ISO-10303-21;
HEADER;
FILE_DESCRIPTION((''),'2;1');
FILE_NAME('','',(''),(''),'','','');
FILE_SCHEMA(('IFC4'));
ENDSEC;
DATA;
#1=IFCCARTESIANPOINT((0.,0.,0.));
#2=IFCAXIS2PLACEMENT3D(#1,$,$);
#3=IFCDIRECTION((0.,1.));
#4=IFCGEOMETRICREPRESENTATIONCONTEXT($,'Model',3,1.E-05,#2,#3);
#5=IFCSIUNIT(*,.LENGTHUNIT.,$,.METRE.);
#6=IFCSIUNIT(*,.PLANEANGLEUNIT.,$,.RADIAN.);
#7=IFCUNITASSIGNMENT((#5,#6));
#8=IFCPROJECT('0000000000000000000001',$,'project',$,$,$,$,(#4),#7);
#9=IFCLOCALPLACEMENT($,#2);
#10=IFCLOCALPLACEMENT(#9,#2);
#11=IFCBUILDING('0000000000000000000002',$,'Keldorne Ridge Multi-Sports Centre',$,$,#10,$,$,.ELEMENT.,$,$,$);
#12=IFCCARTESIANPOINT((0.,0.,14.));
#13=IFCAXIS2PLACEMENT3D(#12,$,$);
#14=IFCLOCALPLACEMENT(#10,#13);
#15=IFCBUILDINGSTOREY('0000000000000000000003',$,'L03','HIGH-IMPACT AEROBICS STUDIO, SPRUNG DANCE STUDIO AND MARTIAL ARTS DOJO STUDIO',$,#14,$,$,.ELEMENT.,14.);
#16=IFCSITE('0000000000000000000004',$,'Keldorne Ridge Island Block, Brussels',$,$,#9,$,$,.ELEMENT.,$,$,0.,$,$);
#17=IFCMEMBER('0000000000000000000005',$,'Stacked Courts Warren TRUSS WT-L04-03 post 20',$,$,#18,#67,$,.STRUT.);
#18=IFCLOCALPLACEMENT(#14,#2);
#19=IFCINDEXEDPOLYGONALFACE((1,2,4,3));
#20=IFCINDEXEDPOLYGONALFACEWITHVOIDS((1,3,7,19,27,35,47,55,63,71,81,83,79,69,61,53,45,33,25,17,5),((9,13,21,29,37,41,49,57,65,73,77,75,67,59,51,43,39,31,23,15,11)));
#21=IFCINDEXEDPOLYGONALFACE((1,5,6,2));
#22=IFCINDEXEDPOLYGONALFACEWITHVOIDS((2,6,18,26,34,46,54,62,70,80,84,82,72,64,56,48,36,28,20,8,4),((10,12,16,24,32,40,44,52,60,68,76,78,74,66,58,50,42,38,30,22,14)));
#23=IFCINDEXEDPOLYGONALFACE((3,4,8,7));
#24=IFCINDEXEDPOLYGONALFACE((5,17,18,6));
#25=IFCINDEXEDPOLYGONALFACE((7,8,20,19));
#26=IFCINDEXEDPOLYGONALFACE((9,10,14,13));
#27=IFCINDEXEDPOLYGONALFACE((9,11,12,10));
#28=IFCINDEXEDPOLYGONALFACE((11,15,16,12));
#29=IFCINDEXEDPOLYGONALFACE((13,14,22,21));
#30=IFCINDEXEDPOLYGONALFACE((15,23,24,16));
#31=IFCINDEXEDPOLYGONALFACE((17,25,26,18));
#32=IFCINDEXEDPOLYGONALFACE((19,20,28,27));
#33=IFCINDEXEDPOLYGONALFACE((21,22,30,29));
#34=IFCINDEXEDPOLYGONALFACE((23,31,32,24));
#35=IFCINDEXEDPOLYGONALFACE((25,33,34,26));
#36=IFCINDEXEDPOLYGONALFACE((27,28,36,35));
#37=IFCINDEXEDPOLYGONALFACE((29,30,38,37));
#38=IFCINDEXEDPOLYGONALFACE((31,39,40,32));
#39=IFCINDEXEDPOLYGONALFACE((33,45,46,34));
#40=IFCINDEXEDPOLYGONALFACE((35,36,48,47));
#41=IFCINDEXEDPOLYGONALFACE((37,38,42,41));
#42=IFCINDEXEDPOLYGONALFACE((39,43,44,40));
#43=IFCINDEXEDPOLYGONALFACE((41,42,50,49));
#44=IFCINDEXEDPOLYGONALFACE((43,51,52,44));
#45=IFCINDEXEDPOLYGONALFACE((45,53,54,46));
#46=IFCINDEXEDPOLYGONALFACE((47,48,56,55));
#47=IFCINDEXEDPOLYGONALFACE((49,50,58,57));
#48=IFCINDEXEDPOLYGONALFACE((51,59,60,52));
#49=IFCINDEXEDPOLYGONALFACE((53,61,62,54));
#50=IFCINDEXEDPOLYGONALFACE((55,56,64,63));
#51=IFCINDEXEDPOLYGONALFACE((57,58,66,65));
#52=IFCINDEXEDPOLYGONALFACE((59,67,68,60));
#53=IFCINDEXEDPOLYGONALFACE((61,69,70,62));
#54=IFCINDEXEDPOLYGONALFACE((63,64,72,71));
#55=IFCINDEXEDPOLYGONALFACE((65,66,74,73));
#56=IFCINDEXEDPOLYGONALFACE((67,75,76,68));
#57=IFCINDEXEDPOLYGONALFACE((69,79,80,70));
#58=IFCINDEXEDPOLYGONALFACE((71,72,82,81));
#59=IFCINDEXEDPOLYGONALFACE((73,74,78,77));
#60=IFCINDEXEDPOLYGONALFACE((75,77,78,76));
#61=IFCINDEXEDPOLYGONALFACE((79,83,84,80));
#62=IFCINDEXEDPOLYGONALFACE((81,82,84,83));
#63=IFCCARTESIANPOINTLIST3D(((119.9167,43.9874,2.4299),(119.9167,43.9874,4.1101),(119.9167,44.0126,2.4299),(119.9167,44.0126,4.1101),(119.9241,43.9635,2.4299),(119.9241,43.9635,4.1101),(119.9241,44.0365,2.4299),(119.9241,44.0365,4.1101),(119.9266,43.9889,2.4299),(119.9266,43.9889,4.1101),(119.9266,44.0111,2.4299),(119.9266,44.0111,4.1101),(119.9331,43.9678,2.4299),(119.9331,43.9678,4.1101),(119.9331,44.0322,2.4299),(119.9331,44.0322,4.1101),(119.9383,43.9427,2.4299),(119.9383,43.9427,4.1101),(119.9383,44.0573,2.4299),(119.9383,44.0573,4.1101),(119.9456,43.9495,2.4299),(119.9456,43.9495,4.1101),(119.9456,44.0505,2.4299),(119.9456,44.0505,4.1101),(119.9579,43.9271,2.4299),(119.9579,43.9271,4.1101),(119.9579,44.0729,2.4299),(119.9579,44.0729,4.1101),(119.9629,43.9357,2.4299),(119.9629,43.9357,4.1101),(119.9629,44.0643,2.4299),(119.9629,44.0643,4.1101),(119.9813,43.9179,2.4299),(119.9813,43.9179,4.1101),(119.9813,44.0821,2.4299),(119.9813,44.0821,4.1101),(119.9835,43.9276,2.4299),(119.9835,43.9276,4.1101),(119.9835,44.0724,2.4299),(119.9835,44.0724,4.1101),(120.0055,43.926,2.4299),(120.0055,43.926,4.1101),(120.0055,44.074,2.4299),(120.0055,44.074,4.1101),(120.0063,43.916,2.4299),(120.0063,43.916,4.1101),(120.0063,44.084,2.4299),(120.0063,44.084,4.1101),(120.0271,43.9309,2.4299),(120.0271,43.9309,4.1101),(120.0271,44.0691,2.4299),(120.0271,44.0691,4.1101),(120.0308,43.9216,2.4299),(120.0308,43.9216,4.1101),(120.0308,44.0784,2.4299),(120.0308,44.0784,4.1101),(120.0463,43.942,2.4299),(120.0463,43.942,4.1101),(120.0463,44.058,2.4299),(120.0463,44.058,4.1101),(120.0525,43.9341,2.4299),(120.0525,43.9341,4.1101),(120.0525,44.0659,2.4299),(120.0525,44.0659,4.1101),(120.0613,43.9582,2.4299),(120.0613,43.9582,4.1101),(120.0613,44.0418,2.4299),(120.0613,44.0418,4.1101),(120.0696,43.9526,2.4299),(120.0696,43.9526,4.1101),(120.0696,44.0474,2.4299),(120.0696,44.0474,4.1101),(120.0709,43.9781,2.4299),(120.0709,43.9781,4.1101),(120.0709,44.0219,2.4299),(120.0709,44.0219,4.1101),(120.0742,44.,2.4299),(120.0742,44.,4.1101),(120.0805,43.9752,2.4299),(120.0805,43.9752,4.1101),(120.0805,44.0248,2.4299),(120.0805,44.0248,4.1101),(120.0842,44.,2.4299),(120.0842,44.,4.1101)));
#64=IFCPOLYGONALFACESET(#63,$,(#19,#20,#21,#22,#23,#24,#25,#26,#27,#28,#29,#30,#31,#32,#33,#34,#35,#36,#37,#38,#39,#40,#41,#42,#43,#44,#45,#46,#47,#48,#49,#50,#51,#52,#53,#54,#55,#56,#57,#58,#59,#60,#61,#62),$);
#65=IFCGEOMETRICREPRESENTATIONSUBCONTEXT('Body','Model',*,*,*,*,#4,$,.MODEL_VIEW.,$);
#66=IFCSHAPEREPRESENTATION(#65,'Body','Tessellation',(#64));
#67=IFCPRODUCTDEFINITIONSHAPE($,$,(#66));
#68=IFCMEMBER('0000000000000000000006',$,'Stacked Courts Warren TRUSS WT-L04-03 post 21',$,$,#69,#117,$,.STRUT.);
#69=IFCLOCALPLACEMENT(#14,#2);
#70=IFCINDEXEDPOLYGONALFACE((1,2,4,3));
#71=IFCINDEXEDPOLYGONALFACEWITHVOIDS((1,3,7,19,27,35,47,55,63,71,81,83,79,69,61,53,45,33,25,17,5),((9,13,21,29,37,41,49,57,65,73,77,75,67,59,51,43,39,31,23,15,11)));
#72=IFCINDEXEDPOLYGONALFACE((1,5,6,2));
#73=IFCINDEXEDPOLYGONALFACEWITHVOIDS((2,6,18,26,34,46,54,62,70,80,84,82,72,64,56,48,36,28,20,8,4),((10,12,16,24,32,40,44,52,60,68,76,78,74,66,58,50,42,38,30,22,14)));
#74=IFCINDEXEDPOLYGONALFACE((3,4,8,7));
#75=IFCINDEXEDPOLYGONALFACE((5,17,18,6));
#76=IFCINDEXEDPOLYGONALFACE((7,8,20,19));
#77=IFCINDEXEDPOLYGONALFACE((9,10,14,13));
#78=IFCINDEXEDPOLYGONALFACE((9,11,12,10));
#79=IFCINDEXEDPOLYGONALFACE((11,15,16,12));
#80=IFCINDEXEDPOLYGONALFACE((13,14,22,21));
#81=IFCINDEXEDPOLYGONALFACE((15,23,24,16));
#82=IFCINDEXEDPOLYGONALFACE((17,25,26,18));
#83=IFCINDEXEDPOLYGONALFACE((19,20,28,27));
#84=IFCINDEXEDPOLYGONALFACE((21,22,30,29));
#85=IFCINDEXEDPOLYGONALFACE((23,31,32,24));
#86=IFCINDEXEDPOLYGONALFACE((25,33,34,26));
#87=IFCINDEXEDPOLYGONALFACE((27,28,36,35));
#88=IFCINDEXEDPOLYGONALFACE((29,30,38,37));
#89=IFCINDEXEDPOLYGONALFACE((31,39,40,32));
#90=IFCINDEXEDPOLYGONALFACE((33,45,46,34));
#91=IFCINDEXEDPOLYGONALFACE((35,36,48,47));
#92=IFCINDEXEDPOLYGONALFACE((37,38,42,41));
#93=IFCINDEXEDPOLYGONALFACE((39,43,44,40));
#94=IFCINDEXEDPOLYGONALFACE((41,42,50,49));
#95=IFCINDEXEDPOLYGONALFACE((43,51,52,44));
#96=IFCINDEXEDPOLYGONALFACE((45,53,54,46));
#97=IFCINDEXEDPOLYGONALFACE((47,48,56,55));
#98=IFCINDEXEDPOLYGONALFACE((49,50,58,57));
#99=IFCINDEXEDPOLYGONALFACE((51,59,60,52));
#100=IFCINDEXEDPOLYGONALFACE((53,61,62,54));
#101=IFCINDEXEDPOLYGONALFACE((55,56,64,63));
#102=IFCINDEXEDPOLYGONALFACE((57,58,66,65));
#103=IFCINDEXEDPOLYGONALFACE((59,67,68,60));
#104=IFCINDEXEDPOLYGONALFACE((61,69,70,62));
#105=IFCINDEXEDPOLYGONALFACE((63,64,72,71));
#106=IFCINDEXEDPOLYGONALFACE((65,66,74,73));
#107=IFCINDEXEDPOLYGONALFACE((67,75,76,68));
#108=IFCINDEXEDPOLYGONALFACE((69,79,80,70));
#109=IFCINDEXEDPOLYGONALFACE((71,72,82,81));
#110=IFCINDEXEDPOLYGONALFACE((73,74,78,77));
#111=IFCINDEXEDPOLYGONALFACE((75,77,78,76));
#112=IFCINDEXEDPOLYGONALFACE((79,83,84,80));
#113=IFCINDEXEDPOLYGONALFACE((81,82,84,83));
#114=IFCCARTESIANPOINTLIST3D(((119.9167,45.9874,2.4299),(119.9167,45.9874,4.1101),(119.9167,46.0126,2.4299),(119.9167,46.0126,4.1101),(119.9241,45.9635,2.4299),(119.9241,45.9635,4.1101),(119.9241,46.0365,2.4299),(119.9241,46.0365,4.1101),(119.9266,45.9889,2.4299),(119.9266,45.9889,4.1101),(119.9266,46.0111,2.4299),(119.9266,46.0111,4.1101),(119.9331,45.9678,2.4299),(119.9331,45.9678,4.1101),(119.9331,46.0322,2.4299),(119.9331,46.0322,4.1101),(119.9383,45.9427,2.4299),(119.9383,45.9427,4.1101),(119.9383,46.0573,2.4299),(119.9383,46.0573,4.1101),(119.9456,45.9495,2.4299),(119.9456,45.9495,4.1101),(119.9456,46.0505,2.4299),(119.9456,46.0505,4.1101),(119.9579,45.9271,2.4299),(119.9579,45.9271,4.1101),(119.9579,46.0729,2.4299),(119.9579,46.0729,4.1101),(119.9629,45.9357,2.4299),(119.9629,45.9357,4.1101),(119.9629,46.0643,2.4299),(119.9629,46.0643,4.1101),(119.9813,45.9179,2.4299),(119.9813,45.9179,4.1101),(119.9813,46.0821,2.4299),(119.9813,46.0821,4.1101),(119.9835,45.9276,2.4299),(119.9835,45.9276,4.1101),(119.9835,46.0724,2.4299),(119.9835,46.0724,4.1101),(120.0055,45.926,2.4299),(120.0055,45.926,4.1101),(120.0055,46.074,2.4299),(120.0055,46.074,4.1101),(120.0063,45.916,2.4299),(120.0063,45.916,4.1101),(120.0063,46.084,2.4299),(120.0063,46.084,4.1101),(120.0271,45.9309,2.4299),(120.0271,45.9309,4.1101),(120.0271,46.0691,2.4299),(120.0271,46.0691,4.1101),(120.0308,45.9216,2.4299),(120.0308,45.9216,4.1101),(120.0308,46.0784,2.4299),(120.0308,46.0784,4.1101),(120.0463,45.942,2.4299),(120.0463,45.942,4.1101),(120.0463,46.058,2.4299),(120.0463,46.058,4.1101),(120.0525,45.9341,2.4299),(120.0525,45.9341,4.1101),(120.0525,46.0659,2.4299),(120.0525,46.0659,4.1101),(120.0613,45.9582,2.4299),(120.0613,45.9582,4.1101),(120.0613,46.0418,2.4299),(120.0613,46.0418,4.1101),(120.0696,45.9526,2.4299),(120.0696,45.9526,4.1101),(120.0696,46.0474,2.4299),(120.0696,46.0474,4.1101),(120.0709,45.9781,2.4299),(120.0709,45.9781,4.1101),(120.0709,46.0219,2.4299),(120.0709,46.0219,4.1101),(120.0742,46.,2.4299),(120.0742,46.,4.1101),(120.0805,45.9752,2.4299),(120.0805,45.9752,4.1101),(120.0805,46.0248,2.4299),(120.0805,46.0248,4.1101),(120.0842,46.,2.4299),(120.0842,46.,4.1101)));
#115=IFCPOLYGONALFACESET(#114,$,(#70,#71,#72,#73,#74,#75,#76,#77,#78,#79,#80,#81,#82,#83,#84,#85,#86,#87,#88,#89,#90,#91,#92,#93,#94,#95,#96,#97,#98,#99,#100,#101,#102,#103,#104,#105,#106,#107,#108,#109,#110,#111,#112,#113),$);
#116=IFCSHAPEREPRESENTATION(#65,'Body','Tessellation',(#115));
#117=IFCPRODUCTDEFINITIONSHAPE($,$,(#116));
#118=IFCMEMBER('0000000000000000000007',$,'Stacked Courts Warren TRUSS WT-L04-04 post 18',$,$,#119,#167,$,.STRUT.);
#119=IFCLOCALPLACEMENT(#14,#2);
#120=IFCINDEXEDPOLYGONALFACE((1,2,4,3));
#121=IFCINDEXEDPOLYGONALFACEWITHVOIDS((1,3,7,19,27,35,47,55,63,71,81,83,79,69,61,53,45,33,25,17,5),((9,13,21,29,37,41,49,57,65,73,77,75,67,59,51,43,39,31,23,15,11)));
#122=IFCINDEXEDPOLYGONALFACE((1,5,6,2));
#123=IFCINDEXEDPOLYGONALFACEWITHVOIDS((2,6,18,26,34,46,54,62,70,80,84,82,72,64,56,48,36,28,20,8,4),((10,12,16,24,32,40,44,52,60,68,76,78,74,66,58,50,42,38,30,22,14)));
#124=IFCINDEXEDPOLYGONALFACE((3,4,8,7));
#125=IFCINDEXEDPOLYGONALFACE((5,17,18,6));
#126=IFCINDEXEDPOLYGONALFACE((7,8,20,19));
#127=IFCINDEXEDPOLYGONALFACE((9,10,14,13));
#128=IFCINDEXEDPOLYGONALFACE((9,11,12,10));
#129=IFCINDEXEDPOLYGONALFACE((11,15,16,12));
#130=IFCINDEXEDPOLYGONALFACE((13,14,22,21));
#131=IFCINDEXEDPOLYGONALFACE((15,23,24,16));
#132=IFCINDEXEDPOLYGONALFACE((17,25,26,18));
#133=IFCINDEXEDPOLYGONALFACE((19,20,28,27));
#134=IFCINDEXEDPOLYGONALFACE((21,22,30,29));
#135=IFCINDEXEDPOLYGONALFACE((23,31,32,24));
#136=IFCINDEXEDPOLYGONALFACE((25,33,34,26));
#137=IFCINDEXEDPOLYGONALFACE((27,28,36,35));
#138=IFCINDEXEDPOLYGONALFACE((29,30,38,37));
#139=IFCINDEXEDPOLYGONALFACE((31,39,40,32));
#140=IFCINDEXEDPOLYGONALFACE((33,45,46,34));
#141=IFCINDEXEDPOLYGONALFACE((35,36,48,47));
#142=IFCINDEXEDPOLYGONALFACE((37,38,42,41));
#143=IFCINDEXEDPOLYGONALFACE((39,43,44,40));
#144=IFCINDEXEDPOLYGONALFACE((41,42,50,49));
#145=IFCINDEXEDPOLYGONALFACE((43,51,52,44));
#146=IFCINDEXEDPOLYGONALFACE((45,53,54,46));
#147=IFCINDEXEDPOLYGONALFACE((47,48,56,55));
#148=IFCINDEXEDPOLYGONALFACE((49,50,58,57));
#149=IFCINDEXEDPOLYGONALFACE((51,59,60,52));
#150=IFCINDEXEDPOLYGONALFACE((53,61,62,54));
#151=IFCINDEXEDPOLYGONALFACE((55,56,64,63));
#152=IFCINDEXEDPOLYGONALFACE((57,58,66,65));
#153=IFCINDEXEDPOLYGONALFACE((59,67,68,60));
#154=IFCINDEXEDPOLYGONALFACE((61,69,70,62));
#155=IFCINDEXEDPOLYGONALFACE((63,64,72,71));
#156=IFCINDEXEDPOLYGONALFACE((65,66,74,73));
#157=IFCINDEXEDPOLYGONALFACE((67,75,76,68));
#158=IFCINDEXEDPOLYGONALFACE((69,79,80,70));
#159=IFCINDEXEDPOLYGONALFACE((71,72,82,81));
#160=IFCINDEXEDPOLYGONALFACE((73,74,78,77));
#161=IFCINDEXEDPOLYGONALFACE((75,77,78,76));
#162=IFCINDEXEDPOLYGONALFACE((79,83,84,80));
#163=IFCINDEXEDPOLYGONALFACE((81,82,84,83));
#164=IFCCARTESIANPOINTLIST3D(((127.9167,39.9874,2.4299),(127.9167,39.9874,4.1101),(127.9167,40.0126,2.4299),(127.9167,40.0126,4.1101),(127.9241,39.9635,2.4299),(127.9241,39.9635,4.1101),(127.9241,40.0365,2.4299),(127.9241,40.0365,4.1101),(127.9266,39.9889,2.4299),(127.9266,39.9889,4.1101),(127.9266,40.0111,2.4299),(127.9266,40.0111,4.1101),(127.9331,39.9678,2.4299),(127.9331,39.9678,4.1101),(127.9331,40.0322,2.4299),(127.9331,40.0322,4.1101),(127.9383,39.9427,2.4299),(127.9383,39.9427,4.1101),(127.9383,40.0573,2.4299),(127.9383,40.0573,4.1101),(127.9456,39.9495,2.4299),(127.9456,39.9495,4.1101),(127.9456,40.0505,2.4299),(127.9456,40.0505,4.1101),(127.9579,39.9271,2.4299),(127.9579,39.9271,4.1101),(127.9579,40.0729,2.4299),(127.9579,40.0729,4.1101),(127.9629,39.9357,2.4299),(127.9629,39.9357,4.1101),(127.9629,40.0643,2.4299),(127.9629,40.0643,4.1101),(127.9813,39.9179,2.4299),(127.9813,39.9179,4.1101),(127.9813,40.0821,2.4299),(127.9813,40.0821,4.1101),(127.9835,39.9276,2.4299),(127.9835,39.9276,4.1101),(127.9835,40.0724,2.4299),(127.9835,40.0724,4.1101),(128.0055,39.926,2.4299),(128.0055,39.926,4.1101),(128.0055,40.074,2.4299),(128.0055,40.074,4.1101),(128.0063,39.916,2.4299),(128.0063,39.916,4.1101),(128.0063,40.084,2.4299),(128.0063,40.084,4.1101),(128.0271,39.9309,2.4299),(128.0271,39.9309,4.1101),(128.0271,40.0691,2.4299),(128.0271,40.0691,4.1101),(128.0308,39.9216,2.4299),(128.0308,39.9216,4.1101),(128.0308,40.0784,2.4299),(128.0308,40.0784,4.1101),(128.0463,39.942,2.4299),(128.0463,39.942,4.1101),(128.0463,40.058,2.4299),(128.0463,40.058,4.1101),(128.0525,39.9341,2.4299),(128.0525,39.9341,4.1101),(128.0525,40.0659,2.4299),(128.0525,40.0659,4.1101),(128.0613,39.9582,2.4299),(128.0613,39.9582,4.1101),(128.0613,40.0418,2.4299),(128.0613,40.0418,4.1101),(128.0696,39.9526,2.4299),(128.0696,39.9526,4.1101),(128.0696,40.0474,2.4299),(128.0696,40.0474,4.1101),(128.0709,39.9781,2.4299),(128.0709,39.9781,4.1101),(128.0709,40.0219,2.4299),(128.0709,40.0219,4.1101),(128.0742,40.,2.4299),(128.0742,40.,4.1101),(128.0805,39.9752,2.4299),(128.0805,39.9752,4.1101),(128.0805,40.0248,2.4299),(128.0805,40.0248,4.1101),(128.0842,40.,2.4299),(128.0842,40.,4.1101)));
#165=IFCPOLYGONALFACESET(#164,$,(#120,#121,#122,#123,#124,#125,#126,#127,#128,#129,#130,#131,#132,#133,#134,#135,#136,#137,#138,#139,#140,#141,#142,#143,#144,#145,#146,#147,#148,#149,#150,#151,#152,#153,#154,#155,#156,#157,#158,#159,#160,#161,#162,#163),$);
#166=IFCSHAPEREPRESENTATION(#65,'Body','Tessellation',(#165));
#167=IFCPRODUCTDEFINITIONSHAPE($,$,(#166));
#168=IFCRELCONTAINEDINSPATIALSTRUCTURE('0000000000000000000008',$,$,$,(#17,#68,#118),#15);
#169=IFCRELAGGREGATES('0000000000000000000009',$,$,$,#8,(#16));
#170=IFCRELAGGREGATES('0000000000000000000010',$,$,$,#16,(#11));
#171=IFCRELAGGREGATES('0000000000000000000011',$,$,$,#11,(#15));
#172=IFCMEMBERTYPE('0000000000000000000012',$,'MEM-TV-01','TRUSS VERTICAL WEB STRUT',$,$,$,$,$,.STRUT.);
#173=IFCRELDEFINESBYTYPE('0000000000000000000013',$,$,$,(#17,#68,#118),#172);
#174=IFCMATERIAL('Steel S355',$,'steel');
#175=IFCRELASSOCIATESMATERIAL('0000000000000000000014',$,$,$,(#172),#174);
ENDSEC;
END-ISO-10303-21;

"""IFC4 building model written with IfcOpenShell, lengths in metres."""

from ifc_helpers import new_model, si_unit, direction, frame, origin, origin_2d, place, context, subcontext, project, spatial, hollow_circle, extrude, material, material_profile, profile_set, type_object, element, save


model = new_model("IFC4")

# Units and contexts
model_context = context("Model", 3, precision=1e-05, world=origin(), true_north=direction((0.0, 1.0)))
body_context = subcontext(model_context, "Body", "Model", "MODEL_VIEW")
ifc_project = project(units=[si_unit("LENGTHUNIT", "METRE"), si_unit("PLANEANGLEUNIT", "RADIAN")], contexts=[model_context])

# Site, building, storey
site_placement = place(None, origin())
site = spatial("IfcSite", under=ifc_project, at=site_placement, Name="Keldorne Ridge Island Block, Brussels", CompositionType="ELEMENT", RefElevation=0.0)
building_placement = place(site_placement, origin())
building = spatial("IfcBuilding", under=site, at=building_placement, Name="Keldorne Ridge Multi-Sports Centre", CompositionType="ELEMENT")
storey_placement = place(building_placement, frame((0.0, 0.0, 14.0)))
storey = spatial("IfcBuildingStorey", under=building, at=storey_placement, Name="L03", Description="HIGH-IMPACT AEROBICS STUDIO, SPRUNG DANCE STUDIO AND MARTIAL ARTS DOJO STUDIO", CompositionType="ELEMENT", Elevation=14.0)

# Members
ifc_material = material(Name="Steel S355", Category="steel")
ifc_material_profile_1 = material_profile(ifc_material, hollow_circle(Radius=0.0842, WallThickness=0.01, at=origin_2d()), Name="CHS 168.3x10")
ifc_profile_set_1 = profile_set([ifc_material_profile_1], Name="Steel S355")
member_type_1 = type_object("IfcMemberType", Name="MEM-TV-01", Description="TRUSS VERTICAL WEB STRUT", PredefinedType="STRUT", material=ifc_profile_set_1)
for number, where, z_axis, x_axis, name in (
    (1, (120.0, 44.0, 2.4299), (0.0, 0.0, 1.0), (1.0, 0.0, 0.0), "Stacked Courts Warren TRUSS WT-L04-03 post 20"),
    (2, (120.0, 46.0, 2.4299), (0.0, 0.0, 1.0), (1.0, 0.0, 0.0), "Stacked Courts Warren TRUSS WT-L04-03 post 21"),
    (3, (128.0, 40.0, 2.4299), (0.0, 0.0, 1.0), (1.0, 0.0, 0.0), "Stacked Courts Warren TRUSS WT-L04-04 post 18"),
):
    element("IfcMember", number, at=place(storey_placement, frame(where, z_axis=z_axis, x_axis=x_axis)), inside=storey, type_object=member_type_1, Name=name, PredefinedType="STRUT", context=body_context, shape_type="SweptSolid", body=[
        extrude(hollow_circle(Radius=0.0842, WallThickness=0.01, at=origin_2d()), origin(), (0.0, 0.0, 1.0), 1.6802),
    ])

save(model, "model.ifc")
